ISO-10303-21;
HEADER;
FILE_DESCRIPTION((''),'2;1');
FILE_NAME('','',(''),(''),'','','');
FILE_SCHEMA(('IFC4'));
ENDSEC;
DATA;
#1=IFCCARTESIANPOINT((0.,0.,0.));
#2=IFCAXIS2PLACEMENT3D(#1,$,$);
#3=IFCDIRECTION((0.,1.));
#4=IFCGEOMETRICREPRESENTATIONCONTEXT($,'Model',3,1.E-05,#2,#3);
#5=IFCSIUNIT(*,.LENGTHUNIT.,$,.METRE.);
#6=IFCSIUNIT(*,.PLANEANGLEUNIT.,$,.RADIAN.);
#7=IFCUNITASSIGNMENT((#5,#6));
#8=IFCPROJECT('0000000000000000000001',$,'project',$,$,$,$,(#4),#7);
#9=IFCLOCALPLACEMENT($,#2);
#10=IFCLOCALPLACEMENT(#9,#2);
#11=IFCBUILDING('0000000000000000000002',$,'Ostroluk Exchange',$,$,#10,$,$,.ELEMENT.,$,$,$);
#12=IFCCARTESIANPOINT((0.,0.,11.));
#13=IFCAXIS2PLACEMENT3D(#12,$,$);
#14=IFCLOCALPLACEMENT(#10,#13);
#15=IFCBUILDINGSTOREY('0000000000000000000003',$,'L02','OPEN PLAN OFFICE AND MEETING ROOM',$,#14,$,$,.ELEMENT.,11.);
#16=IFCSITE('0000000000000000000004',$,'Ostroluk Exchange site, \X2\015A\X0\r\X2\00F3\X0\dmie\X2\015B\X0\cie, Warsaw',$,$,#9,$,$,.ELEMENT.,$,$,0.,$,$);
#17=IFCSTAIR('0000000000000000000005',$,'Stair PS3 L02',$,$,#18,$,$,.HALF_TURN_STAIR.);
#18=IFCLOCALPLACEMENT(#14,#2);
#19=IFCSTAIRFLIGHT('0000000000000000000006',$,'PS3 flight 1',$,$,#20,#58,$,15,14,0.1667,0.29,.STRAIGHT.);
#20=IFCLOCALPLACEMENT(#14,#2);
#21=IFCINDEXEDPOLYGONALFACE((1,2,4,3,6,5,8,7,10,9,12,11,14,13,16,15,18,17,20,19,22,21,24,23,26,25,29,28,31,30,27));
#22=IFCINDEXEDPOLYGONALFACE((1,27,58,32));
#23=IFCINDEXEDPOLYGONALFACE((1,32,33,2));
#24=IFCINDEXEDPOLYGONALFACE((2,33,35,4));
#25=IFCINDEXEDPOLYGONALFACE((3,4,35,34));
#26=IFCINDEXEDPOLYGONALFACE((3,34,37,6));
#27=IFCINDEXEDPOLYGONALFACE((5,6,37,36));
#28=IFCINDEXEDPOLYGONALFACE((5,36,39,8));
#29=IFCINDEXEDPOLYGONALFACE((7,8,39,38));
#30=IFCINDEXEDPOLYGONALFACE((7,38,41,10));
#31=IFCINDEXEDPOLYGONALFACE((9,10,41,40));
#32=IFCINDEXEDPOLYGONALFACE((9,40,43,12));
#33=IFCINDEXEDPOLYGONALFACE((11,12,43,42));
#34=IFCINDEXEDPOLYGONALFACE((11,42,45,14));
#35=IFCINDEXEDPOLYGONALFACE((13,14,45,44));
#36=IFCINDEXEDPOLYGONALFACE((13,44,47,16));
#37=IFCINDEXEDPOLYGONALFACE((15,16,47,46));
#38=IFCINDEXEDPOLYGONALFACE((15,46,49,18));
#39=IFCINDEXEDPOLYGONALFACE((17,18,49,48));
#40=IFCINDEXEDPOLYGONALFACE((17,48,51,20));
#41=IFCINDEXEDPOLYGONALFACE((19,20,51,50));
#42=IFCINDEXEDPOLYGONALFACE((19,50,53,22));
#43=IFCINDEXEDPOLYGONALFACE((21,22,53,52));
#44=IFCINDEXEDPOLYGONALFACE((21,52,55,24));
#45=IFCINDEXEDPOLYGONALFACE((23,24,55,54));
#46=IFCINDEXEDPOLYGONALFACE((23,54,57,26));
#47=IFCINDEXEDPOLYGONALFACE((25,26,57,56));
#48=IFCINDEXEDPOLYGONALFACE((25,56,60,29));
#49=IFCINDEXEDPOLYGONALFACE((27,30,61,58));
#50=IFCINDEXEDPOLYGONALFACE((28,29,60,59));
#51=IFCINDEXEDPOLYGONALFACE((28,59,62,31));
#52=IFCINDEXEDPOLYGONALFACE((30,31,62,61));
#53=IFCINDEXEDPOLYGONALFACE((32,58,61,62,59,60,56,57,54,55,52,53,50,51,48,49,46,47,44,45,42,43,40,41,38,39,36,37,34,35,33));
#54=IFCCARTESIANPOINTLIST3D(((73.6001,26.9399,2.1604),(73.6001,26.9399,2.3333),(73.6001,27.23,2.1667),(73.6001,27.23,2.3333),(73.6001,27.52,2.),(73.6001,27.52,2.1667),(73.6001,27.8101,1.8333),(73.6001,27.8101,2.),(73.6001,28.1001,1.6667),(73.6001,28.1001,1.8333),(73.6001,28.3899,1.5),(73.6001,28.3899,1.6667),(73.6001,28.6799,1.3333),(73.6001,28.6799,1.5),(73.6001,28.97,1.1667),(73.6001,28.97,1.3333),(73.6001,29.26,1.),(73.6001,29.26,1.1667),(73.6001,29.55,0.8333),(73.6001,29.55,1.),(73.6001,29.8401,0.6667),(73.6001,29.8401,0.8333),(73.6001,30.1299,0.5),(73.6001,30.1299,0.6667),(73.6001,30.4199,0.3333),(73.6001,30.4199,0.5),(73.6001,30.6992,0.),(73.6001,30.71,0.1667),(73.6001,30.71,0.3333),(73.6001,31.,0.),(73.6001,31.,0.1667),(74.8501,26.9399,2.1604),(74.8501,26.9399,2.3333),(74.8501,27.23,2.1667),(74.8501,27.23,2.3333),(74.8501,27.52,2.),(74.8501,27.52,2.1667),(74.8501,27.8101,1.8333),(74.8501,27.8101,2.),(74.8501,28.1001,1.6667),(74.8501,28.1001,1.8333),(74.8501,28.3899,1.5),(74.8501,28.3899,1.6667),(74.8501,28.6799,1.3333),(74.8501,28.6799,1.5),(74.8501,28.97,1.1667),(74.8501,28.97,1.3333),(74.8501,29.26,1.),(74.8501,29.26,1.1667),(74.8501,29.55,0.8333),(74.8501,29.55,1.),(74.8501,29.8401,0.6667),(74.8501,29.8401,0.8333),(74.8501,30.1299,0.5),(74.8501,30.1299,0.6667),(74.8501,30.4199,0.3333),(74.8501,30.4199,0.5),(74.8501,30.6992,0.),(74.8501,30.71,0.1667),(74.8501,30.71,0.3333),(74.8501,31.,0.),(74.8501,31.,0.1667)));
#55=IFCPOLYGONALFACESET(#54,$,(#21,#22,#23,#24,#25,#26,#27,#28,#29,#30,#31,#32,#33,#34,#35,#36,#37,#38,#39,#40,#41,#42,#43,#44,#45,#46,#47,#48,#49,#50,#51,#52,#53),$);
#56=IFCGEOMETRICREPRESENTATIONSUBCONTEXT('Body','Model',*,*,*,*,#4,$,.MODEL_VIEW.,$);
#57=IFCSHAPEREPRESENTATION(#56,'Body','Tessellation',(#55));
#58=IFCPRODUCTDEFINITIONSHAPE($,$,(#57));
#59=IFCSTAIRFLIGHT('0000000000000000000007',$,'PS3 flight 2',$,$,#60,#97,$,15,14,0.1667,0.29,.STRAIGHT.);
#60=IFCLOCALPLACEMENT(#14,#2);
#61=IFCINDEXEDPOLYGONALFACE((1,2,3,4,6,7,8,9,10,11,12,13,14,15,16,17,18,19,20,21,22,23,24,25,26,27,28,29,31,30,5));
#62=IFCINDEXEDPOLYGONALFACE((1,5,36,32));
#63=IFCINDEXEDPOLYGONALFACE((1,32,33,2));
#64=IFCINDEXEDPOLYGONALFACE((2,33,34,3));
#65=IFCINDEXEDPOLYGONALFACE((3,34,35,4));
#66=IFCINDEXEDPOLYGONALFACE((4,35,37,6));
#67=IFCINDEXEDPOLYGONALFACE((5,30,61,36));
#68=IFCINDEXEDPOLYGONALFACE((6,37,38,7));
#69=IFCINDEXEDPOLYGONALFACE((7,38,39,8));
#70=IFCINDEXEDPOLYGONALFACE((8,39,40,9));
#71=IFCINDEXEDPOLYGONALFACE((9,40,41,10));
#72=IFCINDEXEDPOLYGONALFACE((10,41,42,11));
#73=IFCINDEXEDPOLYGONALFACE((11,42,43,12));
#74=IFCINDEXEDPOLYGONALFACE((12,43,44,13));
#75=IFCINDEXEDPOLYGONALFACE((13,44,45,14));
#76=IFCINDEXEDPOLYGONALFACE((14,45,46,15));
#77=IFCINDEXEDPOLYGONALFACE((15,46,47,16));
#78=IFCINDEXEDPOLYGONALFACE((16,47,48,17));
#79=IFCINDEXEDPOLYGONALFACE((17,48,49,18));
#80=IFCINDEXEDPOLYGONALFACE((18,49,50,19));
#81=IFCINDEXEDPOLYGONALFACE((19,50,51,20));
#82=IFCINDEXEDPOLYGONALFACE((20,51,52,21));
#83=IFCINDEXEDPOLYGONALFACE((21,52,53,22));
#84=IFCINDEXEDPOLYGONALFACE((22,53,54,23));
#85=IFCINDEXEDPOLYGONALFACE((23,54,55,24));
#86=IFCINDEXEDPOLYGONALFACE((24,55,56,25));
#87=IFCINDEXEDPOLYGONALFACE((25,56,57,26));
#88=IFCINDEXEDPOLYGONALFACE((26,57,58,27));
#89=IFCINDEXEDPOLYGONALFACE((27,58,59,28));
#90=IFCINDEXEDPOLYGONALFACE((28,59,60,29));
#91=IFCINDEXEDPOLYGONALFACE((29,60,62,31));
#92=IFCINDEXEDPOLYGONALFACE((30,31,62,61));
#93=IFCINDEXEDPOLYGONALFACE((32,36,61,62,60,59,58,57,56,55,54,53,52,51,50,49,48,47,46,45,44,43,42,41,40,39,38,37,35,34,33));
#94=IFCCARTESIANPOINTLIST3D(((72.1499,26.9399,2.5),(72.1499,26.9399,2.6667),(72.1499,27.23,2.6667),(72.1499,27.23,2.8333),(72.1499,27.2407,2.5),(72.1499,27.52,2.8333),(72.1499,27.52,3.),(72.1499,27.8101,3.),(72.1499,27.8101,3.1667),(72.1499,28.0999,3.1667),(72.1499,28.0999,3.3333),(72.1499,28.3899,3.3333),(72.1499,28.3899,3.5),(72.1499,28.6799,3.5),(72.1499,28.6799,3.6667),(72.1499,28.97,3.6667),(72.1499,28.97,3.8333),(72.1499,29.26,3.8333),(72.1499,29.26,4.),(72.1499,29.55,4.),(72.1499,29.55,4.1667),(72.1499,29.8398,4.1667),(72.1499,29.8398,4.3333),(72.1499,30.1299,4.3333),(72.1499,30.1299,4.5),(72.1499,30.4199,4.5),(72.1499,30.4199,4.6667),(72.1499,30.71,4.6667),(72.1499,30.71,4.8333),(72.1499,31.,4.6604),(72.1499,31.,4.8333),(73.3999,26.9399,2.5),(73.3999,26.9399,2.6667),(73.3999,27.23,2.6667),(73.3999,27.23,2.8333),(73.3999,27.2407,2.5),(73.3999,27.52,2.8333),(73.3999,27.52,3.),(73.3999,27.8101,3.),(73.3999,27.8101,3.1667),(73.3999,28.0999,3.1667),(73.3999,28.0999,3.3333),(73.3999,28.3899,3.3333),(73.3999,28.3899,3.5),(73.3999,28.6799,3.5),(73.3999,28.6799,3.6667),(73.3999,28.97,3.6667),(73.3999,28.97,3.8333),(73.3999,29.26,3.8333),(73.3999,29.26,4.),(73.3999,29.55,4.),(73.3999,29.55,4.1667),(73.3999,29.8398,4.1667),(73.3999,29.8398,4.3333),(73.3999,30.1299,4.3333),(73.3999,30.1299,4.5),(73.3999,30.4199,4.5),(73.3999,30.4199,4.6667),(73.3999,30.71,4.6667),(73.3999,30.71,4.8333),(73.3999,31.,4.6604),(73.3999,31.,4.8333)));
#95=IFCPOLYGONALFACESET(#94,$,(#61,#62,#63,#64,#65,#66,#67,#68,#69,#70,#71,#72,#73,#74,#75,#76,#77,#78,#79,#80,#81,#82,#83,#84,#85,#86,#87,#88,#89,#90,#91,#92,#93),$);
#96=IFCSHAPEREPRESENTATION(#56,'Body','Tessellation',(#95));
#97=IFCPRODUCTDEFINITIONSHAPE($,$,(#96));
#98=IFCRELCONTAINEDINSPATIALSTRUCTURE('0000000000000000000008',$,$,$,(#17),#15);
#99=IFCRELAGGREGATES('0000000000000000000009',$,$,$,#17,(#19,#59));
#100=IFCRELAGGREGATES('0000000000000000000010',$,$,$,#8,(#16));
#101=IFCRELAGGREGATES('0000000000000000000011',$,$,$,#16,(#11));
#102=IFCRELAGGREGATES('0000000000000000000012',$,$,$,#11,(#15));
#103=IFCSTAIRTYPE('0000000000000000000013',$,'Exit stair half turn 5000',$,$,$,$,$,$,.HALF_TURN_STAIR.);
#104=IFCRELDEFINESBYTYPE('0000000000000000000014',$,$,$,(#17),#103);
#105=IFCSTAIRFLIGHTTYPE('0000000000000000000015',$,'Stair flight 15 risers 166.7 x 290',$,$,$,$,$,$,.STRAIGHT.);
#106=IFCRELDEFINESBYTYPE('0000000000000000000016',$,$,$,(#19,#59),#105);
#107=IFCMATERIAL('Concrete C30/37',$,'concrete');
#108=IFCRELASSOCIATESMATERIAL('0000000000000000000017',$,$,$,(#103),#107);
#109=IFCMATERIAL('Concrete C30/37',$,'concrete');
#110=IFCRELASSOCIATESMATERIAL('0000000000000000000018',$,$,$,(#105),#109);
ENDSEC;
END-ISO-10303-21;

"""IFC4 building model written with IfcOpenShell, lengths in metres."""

from ifc_helpers import new_model, si_unit, direction, frame, origin, place, context, subcontext, project, spatial, polyline, outline, extrude, material, type_object, element, aggregate, save


model = new_model("IFC4")

# Units and contexts
model_context = context("Model", 3, precision=1e-05, world=origin(), true_north=direction((0.0, 1.0)))
body_context = subcontext(model_context, "Body", "Model", "MODEL_VIEW")
ifc_project = project(units=[si_unit("LENGTHUNIT", "METRE"), si_unit("PLANEANGLEUNIT", "RADIAN")], contexts=[model_context])

# Site, building, storey
site_placement = place(None, origin())
site = spatial("IfcSite", under=ifc_project, at=site_placement, Name="Ostroluk Exchange site, Śródmieście, Warsaw", CompositionType="ELEMENT", RefElevation=0.0)
building_placement = place(site_placement, origin())
building = spatial("IfcBuilding", under=site, at=building_placement, Name="Ostroluk Exchange", CompositionType="ELEMENT")
storey_placement = place(building_placement, frame((0.0, 0.0, 11.0)))
storey = spatial("IfcBuildingStorey", under=building, at=storey_placement, Name="L02", Description="OPEN PLAN OFFICE AND MEETING ROOM", CompositionType="ELEMENT", Elevation=11.0)

# Stair, stair flights
ifc_material_1 = material(Name="Concrete C30/37", Category="concrete")
stair_type = type_object("IfcStairType", Name="Exit stair half turn 5000", PredefinedType="HALF_TURN_STAIR", material=ifc_material_1)
stair_placement = place(storey_placement, origin())
stair = element("IfcStair", 1, at=stair_placement, inside=storey, type_object=stair_type, Name="Stair PS3 L02", PredefinedType="HALF_TURN_STAIR")
ifc_material_2 = material(Name="Concrete C30/37", Category="concrete")
stair_flight_type = type_object("IfcStairFlightType", Name="Stair flight 15 risers 166.7 x 290", PredefinedType="STRAIGHT", material=ifc_material_2)
stair_flight_1_placement = place(storey_placement, frame((74.2251, 31.0, 0.0), z_axis=(0.0, 0.0, 1.0), x_axis=(0.0, -1.0, 0.0)))
stair_flight_1 = element("IfcStairFlight", 2, at=stair_flight_1_placement, type_object=stair_flight_type, Name="PS3 flight 1", NumberOfRisers=15, NumberOfTreads=14, PredefinedType="STRAIGHT", RiserHeight=0.1667, TreadLength=0.29, context=body_context, shape_type="SweptSolid", body=[
    extrude(outline(polyline([(0.0, 0.0), (0.0, 0.1667), (0.29, 0.1667), (0.29, 0.3333), (0.5801, 0.3333), (0.5801, 0.5), (0.8701, 0.5), (0.8701, 0.6667), (1.1599, 0.6667), (1.1599, 0.8333), (1.45, 0.8333), (1.45, 1.0), (1.74, 1.0), (1.74, 1.1667), (2.03, 1.1667), (2.03, 1.3333), (2.3201, 1.3333), (2.3201, 1.5), (2.6101, 1.5), (2.6101, 1.6667), (2.8999, 1.6667), (2.8999, 1.8333), (3.1899, 1.8333), (3.1899, 2.0), (3.48, 2.0), (3.48, 2.1667), (3.77, 2.1667), (3.77, 2.3333), (4.0601, 2.3333), (4.0601, 2.5), (4.0601, 2.1604), (0.3008, 0.0), (0.0, 0.0)])), frame((0.0, 0.625, 0.0), z_axis=(0.0, -1.0, 0.0), x_axis=(1.0, 0.0, 0.0)), (0.0, 0.0, 1.0), 1.25),
])
stair_flight_2_placement = place(storey_placement, frame((72.7749, 26.9399, 2.5), z_axis=(0.0, 0.0, 1.0), x_axis=(0.0, 1.0, 0.0)))
stair_flight_2 = element("IfcStairFlight", 3, at=stair_flight_2_placement, type_object=stair_flight_type, Name="PS3 flight 2", NumberOfRisers=15, NumberOfTreads=14, PredefinedType="STRAIGHT", RiserHeight=0.1667, TreadLength=0.29, context=body_context, shape_type="SweptSolid", body=[
    extrude(outline(polyline([(0.0, 0.0), (0.0, 0.1667), (0.29, 0.1667), (0.29, 0.3333), (0.5801, 0.3333), (0.5801, 0.5), (0.8701, 0.5), (0.8701, 0.6667), (1.1599, 0.6667), (1.1599, 0.8333), (1.45, 0.8333), (1.45, 1.0), (1.74, 1.0), (1.74, 1.1667), (2.03, 1.1667), (2.03, 1.3333), (2.3201, 1.3333), (2.3201, 1.5), (2.6101, 1.5), (2.6101, 1.6667), (2.8999, 1.6667), (2.8999, 1.8333), (3.1899, 1.8333), (3.1899, 2.0), (3.48, 2.0), (3.48, 2.1667), (3.77, 2.1667), (3.77, 2.3333), (4.0601, 2.3333), (4.0601, 2.5), (4.0601, 2.1604), (0.3008, 0.0), (0.0, 0.0)])), frame((0.0, 0.625, 0.0), z_axis=(0.0, -1.0, 0.0), x_axis=(1.0, 0.0, 0.0)), (0.0, 0.0, 1.0), 1.25),
])
aggregate(stair, [stair_flight_1, stair_flight_2])

save(model, "model.ifc")
